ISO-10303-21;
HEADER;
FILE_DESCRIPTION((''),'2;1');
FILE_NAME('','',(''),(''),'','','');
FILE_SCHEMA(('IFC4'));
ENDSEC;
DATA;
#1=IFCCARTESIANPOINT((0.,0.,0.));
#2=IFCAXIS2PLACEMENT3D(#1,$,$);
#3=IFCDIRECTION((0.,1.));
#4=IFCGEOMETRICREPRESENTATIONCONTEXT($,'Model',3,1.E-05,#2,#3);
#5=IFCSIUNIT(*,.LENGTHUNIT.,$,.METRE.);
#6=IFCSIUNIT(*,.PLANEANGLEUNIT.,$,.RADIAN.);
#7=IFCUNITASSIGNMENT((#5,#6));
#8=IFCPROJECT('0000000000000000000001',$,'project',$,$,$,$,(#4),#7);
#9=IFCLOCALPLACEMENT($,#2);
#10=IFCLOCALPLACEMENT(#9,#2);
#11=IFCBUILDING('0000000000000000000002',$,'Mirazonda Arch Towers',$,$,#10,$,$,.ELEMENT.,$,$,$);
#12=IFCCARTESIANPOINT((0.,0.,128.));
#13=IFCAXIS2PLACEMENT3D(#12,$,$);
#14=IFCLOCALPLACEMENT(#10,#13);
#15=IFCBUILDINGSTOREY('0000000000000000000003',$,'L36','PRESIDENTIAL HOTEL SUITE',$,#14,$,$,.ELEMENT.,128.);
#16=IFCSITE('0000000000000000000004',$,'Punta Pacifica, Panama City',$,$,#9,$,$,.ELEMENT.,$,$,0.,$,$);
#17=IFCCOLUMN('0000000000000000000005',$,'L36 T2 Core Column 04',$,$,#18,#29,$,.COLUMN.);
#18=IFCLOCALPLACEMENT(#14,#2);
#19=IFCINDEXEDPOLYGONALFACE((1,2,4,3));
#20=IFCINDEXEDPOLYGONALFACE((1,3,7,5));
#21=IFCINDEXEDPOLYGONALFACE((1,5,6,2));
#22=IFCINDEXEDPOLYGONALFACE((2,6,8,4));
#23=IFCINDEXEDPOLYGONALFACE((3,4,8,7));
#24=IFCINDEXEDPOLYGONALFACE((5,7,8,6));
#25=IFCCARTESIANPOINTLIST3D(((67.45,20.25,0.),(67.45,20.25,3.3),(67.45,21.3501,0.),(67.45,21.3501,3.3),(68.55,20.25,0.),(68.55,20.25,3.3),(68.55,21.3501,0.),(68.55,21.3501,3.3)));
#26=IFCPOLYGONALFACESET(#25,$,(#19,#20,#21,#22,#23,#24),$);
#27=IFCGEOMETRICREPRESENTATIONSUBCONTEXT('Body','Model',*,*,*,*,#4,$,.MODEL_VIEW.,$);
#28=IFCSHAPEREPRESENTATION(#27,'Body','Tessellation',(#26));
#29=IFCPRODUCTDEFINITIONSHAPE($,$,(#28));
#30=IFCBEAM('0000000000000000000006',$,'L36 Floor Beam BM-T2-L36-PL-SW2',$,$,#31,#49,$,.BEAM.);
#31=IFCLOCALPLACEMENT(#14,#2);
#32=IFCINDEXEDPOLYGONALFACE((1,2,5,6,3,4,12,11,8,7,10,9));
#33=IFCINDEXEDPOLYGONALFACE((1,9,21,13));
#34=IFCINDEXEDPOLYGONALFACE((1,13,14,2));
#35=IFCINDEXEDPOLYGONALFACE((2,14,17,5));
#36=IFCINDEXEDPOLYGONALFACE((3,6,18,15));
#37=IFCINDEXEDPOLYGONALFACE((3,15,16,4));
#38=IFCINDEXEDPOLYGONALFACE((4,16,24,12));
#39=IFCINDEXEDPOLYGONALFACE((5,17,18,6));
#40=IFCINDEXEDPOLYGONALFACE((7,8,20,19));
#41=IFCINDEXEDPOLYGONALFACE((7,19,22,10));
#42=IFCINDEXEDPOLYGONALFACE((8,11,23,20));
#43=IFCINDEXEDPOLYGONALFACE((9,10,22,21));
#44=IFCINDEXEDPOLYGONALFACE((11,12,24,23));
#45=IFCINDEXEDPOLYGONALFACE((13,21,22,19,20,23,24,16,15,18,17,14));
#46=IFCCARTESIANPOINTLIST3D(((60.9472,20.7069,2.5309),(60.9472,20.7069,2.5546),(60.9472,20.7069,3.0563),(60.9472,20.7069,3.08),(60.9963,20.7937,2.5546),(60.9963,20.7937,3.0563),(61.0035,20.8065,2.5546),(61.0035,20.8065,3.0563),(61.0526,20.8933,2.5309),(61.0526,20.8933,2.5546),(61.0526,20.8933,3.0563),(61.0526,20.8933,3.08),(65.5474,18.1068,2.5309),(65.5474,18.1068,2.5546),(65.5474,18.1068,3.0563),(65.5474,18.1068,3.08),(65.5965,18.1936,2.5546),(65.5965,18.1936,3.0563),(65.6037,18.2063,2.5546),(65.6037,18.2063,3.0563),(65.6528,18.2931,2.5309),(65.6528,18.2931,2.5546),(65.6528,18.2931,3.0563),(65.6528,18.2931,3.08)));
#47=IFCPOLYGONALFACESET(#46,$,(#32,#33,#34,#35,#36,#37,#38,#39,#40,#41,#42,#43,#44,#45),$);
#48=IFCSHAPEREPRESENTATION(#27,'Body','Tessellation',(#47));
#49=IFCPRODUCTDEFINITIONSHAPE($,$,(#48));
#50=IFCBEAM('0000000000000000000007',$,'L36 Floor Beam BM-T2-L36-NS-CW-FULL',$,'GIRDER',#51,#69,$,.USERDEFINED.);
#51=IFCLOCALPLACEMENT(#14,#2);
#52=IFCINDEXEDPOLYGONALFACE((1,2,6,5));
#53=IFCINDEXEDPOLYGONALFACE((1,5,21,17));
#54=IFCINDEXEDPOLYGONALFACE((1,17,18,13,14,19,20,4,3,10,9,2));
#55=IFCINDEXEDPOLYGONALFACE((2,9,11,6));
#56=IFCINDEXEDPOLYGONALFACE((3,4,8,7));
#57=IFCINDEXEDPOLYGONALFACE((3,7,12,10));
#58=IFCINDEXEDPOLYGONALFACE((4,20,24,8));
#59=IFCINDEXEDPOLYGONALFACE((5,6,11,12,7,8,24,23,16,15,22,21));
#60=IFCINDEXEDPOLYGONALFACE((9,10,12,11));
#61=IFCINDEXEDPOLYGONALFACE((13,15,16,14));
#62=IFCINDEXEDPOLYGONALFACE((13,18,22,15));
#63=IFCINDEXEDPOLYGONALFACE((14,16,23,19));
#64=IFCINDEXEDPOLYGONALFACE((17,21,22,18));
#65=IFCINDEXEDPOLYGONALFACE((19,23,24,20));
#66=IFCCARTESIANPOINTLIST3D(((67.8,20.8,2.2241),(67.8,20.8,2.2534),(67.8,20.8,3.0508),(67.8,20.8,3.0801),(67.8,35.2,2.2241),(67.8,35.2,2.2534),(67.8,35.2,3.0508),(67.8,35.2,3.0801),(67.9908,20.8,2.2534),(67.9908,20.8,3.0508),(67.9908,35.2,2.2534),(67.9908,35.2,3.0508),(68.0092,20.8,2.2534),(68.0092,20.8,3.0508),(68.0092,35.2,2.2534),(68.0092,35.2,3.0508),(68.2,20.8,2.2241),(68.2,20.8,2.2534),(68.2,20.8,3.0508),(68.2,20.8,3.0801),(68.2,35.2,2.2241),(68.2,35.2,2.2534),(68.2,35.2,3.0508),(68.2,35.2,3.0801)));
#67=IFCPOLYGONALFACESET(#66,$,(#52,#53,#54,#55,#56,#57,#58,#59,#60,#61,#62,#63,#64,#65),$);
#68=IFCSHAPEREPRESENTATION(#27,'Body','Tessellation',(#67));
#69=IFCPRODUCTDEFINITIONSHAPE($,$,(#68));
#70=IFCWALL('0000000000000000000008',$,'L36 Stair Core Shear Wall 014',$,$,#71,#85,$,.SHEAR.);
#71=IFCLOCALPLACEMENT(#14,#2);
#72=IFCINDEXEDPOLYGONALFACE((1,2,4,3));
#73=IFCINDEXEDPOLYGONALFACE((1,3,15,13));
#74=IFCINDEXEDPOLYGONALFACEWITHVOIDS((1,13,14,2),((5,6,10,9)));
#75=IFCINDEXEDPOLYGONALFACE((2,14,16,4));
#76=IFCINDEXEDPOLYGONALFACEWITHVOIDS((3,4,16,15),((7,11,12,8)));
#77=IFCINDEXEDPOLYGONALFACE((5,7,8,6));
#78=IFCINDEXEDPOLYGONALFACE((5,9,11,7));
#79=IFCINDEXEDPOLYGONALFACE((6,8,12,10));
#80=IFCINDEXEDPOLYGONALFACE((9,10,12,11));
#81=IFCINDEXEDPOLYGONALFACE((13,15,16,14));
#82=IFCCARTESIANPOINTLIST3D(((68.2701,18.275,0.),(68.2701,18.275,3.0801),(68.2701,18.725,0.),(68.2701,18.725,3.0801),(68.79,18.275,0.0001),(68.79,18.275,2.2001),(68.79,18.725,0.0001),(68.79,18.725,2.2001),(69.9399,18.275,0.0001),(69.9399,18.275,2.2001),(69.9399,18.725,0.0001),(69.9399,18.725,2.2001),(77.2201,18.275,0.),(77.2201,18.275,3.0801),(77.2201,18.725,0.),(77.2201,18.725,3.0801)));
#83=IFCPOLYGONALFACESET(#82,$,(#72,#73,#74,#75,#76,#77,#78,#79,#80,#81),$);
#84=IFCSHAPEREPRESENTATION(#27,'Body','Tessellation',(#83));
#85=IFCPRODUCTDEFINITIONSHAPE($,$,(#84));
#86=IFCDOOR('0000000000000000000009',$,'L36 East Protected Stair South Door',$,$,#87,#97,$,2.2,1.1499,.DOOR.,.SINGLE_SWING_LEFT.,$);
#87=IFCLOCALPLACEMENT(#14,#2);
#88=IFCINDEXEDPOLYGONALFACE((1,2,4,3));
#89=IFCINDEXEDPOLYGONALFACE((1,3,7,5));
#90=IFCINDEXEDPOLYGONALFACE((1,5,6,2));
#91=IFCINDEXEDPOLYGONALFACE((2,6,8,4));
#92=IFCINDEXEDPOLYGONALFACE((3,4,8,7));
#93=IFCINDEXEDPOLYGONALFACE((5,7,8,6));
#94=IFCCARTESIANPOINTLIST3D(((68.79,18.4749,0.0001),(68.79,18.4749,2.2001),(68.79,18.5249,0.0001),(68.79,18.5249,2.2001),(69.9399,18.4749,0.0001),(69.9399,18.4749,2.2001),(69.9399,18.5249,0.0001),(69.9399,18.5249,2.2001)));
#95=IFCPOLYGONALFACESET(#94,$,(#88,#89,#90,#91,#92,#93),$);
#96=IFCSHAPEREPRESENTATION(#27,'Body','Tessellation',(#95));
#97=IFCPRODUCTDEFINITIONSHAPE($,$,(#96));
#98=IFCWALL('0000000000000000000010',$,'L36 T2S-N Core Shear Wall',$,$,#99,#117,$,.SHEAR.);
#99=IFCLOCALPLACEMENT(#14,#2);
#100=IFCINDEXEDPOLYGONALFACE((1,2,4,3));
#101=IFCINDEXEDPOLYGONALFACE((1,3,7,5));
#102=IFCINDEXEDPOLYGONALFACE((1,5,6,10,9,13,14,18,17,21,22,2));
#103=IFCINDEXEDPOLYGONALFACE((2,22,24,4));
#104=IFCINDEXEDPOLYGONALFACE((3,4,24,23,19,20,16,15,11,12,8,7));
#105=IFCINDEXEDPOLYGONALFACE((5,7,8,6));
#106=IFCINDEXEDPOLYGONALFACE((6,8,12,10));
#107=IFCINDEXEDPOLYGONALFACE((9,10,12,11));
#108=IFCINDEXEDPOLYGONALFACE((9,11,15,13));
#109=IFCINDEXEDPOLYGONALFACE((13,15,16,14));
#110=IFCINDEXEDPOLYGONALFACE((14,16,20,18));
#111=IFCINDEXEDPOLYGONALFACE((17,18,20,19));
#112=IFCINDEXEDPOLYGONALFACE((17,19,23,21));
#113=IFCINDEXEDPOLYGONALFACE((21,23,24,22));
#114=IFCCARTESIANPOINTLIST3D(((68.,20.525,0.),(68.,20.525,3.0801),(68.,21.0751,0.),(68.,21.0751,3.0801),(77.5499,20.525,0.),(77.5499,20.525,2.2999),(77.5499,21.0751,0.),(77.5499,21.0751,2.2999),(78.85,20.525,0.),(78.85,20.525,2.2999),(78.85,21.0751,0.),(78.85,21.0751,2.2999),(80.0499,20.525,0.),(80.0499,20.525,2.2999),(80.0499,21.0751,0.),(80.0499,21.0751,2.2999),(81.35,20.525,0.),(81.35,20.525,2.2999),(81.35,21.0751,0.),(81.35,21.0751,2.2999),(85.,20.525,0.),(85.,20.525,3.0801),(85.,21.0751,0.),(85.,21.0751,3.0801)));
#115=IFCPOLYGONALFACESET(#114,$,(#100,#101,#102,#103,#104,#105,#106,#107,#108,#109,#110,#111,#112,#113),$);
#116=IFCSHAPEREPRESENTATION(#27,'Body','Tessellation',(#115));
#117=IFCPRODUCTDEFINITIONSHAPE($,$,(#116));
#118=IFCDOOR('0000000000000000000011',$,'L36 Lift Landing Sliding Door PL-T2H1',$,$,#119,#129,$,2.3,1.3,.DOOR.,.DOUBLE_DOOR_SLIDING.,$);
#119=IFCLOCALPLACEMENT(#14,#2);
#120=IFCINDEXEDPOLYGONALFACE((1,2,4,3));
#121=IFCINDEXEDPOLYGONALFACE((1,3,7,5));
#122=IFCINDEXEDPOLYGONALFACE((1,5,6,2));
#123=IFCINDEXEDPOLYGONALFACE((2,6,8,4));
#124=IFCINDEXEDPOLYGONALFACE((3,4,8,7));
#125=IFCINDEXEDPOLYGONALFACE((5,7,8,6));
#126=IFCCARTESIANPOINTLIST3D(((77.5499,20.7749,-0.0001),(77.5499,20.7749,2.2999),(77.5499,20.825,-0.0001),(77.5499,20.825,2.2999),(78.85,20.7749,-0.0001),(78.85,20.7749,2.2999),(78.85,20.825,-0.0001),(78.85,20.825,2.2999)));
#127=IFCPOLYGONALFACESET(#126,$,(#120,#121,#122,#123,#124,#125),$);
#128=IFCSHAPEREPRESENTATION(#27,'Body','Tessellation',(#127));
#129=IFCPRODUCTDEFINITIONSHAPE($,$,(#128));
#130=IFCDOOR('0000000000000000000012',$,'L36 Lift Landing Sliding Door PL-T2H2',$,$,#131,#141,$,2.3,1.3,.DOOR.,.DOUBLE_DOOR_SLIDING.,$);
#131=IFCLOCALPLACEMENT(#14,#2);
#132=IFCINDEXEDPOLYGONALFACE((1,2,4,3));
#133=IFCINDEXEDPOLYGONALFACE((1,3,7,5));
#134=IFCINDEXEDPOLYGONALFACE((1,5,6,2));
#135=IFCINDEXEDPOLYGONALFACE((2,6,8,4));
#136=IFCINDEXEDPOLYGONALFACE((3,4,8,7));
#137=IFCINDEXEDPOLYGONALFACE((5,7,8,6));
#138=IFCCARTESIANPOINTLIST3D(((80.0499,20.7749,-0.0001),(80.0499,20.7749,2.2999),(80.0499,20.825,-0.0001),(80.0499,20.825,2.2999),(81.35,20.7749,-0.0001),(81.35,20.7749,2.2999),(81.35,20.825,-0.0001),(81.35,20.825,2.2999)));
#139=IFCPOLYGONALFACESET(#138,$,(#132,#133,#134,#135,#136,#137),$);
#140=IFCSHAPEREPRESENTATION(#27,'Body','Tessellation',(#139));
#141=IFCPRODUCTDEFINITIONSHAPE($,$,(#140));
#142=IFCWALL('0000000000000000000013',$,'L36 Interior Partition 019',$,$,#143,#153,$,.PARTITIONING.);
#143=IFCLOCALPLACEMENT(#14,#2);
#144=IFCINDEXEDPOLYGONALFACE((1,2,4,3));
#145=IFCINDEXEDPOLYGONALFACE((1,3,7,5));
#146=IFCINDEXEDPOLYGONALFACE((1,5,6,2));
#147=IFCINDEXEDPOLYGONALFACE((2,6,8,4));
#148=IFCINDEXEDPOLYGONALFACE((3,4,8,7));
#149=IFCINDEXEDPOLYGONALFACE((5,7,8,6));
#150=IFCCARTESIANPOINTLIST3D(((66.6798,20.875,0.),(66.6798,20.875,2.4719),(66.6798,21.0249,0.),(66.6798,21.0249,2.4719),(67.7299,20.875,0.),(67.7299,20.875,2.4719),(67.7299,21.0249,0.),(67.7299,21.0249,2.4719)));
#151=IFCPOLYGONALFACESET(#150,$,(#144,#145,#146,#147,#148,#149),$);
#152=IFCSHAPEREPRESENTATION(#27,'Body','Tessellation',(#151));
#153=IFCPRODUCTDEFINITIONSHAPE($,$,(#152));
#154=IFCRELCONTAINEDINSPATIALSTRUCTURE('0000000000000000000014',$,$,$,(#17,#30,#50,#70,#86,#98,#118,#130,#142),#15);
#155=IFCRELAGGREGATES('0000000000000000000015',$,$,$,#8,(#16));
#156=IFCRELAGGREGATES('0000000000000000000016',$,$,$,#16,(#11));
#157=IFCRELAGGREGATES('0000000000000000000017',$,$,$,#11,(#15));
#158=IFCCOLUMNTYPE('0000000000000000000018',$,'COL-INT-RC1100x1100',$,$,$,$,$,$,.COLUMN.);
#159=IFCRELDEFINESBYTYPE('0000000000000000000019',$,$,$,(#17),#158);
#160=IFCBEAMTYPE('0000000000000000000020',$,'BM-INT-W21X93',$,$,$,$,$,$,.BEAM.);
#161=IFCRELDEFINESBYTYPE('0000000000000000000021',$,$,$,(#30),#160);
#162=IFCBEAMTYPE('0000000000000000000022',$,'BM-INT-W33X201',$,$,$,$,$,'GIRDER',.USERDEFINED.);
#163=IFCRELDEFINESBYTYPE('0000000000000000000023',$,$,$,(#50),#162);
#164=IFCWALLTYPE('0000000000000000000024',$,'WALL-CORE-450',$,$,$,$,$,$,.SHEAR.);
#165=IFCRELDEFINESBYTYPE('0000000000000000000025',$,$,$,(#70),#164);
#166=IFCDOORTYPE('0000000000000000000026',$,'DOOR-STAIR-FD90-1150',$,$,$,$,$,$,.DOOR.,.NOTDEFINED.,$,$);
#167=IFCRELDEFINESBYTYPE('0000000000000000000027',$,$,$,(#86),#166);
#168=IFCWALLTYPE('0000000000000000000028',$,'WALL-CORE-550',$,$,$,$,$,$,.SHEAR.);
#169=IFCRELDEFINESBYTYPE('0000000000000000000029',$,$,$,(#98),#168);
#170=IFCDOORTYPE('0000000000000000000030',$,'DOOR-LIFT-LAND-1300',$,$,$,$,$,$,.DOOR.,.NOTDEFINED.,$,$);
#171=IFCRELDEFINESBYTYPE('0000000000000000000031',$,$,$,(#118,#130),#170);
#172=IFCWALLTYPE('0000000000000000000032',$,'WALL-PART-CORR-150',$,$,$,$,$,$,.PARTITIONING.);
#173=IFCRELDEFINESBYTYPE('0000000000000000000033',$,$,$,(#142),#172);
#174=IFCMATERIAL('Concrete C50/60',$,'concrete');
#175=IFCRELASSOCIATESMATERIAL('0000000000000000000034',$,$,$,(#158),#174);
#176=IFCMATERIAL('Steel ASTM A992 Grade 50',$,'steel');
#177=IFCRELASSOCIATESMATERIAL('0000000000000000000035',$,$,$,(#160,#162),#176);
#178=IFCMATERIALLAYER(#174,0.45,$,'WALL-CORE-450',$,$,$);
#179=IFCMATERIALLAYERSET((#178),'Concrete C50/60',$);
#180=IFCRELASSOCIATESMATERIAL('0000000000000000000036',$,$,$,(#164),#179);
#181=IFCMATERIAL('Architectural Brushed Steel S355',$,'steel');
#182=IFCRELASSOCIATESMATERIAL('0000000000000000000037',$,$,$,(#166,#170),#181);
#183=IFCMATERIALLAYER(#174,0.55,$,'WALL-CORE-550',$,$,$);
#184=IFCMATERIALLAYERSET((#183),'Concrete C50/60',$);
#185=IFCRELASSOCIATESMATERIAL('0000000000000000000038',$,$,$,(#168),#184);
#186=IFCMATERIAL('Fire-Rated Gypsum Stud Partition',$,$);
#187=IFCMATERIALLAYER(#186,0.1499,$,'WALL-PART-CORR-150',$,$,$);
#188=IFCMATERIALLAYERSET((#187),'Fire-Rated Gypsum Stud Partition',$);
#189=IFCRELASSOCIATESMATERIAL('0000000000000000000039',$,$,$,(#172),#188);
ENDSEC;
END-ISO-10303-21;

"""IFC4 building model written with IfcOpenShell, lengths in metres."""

from ifc_helpers import new_model, si_unit, direction, frame, frame_2d, origin, origin_2d, place, context, subcontext, project, spatial, rectangle, i_section, extrude, material, layer, layer_set, material_profile, profile_set, type_object, element, fill, save


model = new_model("IFC4")

# Units and contexts
model_context = context("Model", 3, precision=1e-05, world=origin(), true_north=direction((0.0, 1.0)))
body_context = subcontext(model_context, "Body", "Model", "MODEL_VIEW")
ifc_project = project(units=[si_unit("LENGTHUNIT", "METRE"), si_unit("PLANEANGLEUNIT", "RADIAN")], contexts=[model_context])

# Site, building, storey
site_placement = place(None, origin())
site = spatial("IfcSite", under=ifc_project, at=site_placement, Name="Punta Pacifica, Panama City", CompositionType="ELEMENT", RefElevation=0.0)
building_placement = place(site_placement, origin())
building = spatial("IfcBuilding", under=site, at=building_placement, Name="Mirazonda Arch Towers", CompositionType="ELEMENT")
storey_placement = place(building_placement, frame((0.0, 0.0, 128.0)))
storey = spatial("IfcBuildingStorey", under=building, at=storey_placement, Name="L36", Description="PRESIDENTIAL HOTEL SUITE", CompositionType="ELEMENT", Elevation=128.0)

# Column
ifc_material_1 = material(Name="Concrete C50/60", Category="concrete")
ifc_material_profile_1 = material_profile(ifc_material_1, rectangle(XDim=1.1001, YDim=1.1001, at=origin_2d()), Name="RC1100x1100")
ifc_profile_set_1 = profile_set([ifc_material_profile_1], Name="Concrete C50/60")
column_type = type_object("IfcColumnType", Name="COL-INT-RC1100x1100", PredefinedType="COLUMN", material=ifc_profile_set_1)
column_placement = place(storey_placement, frame((68.0, 20.8, 0.0), z_axis=(0.0, 0.0, 1.0), x_axis=(1.0, 0.0, 0.0)))
element("IfcColumn", 1, at=column_placement, inside=storey, type_object=column_type, Name="L36 T2 Core Column 04", PredefinedType="COLUMN", context=body_context, shape_type="SweptSolid", body=[
    extrude(rectangle(XDim=1.1001, YDim=1.1001, at=origin_2d()), origin(), (0.0, 0.0, 1.0), 3.3),
])

# Beams
ifc_material_2 = material(Name="Steel ASTM A992 Grade 50", Category="steel")
ifc_material_profile_2 = material_profile(ifc_material_2, i_section(OverallWidth=0.2141, OverallDepth=0.5491, WebThickness=0.0146, FlangeThickness=0.0237, at=origin_2d()), Name="W21X93")
ifc_profile_set_2 = profile_set([ifc_material_profile_2], Name="Steel ASTM A992 Grade 50")
beam_type_1 = type_object("IfcBeamType", Name="BM-INT-W21X93", PredefinedType="BEAM", material=ifc_profile_set_2)
beam_1_placement = place(storey_placement, frame((65.6001, 18.2, 2.8054), z_axis=(-0.870559, 0.492063, 0.0), x_axis=(-0.492063, -0.870559, 0.0)))
element("IfcBeam", 2, at=beam_1_placement, inside=storey, type_object=beam_type_1, Name="L36 Floor Beam BM-T2-L36-PL-SW2", PredefinedType="BEAM", context=body_context, shape_type="SweptSolid", body=[
    extrude(i_section(OverallWidth=0.2141, OverallDepth=0.5491, WebThickness=0.0146, FlangeThickness=0.0237, at=origin_2d()), origin(), (0.0, 0.0, 1.0), 5.2842),
])
ifc_material_profile_3 = material_profile(ifc_material_2, i_section(OverallWidth=0.3999, OverallDepth=0.856, WebThickness=0.0183, FlangeThickness=0.0293, at=origin_2d()), Name="W33X201")
ifc_profile_set_3 = profile_set([ifc_material_profile_3], Name="Steel ASTM A992 Grade 50")
beam_type_2 = type_object("IfcBeamType", Name="BM-INT-W33X201", ElementType="GIRDER", PredefinedType="USERDEFINED", material=ifc_profile_set_3)
beam_2_placement = place(storey_placement, frame((68.0, 20.8, 2.6521), z_axis=(0.0, 1.0, 0.0), x_axis=(-1.0, 0.0, 0.0)))
element("IfcBeam", 3, at=beam_2_placement, inside=storey, type_object=beam_type_2, Name="L36 Floor Beam BM-T2-L36-NS-CW-FULL", ObjectType="GIRDER", PredefinedType="USERDEFINED", context=body_context, shape_type="SweptSolid", body=[
    extrude(i_section(OverallWidth=0.3999, OverallDepth=0.856, WebThickness=0.0183, FlangeThickness=0.0293, at=origin_2d()), origin(), (0.0, 0.0, 1.0), 14.3999),
])

# Wall, opening, door
ifc_layer_1 = layer(ifc_material_1, 0.45, Name="WALL-CORE-450")
ifc_layer_set_1 = layer_set([ifc_layer_1], Name="Concrete C50/60")
wall_type_1 = type_object("IfcWallType", Name="WALL-CORE-450", PredefinedType="SHEAR", material=ifc_layer_set_1)
wall_1_placement = place(storey_placement, frame((68.27, 18.5, 0.0), z_axis=(0.0, 0.0, 1.0), x_axis=(1.0, 0.0, 0.0)))
wall_1 = element("IfcWall", 4, at=wall_1_placement, inside=storey, type_object=wall_type_1, Name="L36 Stair Core Shear Wall 014", PredefinedType="SHEAR", context=body_context, shape_type="SweptSolid", body=[
    extrude(rectangle(XDim=8.95, YDim=0.45, at=frame_2d((4.4751, 0.0))), origin(), (0.0, 0.0, 1.0), 3.0801),
])
opening_1_placement = place(wall_1_placement, frame((0.52, 0.0, 0.0)))
opening_1 = element("IfcOpeningElement", 5, at=opening_1_placement, cuts=wall_1, PredefinedType="OPENING", context=body_context, shape_type="SweptSolid", body=[
    extrude(rectangle(XDim=1.1499, YDim=2.2, at=frame_2d((0.575, 1.1001))), frame((0.0, 0.2349, 0.0), z_axis=(0.0, -1.0, 0.0), x_axis=(1.0, 0.0, 0.0)), (0.0, 0.0, 1.0), 0.47),
])
ifc_material_3 = material(Name="Architectural Brushed Steel S355", Category="steel")
door_type_1 = type_object("IfcDoorType", Name="DOOR-STAIR-FD90-1150", OperationType="NOTDEFINED", PredefinedType="DOOR", material=ifc_material_3)
door_1_placement = place(opening_1_placement, origin())
door_1 = element("IfcDoor", 6, at=door_1_placement, inside=storey, type_object=door_type_1, Name="L36 East Protected Stair South Door", OperationType="SINGLE_SWING_LEFT", OverallHeight=2.2, OverallWidth=1.1499, PredefinedType="DOOR", context=body_context, shape_type="SweptSolid", body=[
    extrude(rectangle(XDim=1.1499, YDim=2.2, at=frame_2d((0.575, 1.1001))), frame((0.0, 0.0249, 0.0), z_axis=(0.0, -1.0, 0.0), x_axis=(1.0, 0.0, 0.0)), (0.0, 0.0, 1.0), 0.05),
])
fill(opening_1, door_1)

# Wall, openings, doors
ifc_layer_2 = layer(ifc_material_1, 0.55, Name="WALL-CORE-550")
ifc_layer_set_2 = layer_set([ifc_layer_2], Name="Concrete C50/60")
wall_type_2 = type_object("IfcWallType", Name="WALL-CORE-550", PredefinedType="SHEAR", material=ifc_layer_set_2)
wall_2_placement = place(storey_placement, frame((68.0, 20.8, 0.0), z_axis=(0.0, 0.0, 1.0), x_axis=(1.0, 0.0, 0.0)))
wall_2 = element("IfcWall", 7, at=wall_2_placement, inside=storey, type_object=wall_type_2, Name="L36 T2S-N Core Shear Wall", PredefinedType="SHEAR", context=body_context, shape_type="SweptSolid", body=[
    extrude(rectangle(XDim=17.0, YDim=0.55, at=frame_2d((8.5, 0.0))), origin(), (0.0, 0.0, 1.0), 3.0801),
])
opening_2_placement = place(wall_2_placement, frame((9.55, 0.0, 0.0)))
opening_2 = element("IfcOpeningElement", 8, at=opening_2_placement, cuts=wall_2, PredefinedType="OPENING", context=body_context, shape_type="SweptSolid", body=[
    extrude(rectangle(XDim=1.3, YDim=2.3, at=frame_2d((0.6499, 1.1499))), frame((0.0, 0.2849, 0.0), z_axis=(0.0, -1.0, 0.0), x_axis=(1.0, 0.0, 0.0)), (0.0, 0.0, 1.0), 0.5701),
])
opening_3_placement = place(wall_2_placement, frame((12.05, 0.0, 0.0)))
opening_3 = element("IfcOpeningElement", 9, at=opening_3_placement, cuts=wall_2, PredefinedType="OPENING", context=body_context, shape_type="SweptSolid", body=[
    extrude(rectangle(XDim=1.3, YDim=2.3, at=frame_2d((0.6499, 1.1499))), frame((0.0, 0.2849, 0.0), z_axis=(0.0, -1.0, 0.0), x_axis=(1.0, 0.0, 0.0)), (0.0, 0.0, 1.0), 0.5701),
])
door_type_2 = type_object("IfcDoorType", Name="DOOR-LIFT-LAND-1300", OperationType="NOTDEFINED", PredefinedType="DOOR", material=ifc_material_3)
door_2_placement = place(opening_2_placement, origin())
door_2 = element("IfcDoor", 10, at=door_2_placement, inside=storey, type_object=door_type_2, Name="L36 Lift Landing Sliding Door PL-T2H1", OperationType="DOUBLE_DOOR_SLIDING", OverallHeight=2.3, OverallWidth=1.3, PredefinedType="DOOR", context=body_context, shape_type="SweptSolid", body=[
    extrude(rectangle(XDim=1.3, YDim=2.3, at=frame_2d((0.6499, 1.1499))), frame((0.0, 0.0249, 0.0), z_axis=(0.0, -1.0, 0.0), x_axis=(1.0, 0.0, 0.0)), (0.0, 0.0, 1.0), 0.05),
])
fill(opening_2, door_2)
door_3_placement = place(opening_3_placement, origin())
door_3 = element("IfcDoor", 11, at=door_3_placement, inside=storey, type_object=door_type_2, Name="L36 Lift Landing Sliding Door PL-T2H2", OperationType="DOUBLE_DOOR_SLIDING", OverallHeight=2.3, OverallWidth=1.3, PredefinedType="DOOR", context=body_context, shape_type="SweptSolid", body=[
    extrude(rectangle(XDim=1.3, YDim=2.3, at=frame_2d((0.6499, 1.1499))), frame((0.0, 0.0249, 0.0), z_axis=(0.0, -1.0, 0.0), x_axis=(1.0, 0.0, 0.0)), (0.0, 0.0, 1.0), 0.05),
])
fill(opening_3, door_3)

# Wall
ifc_material_4 = material(Name="Fire-Rated Gypsum Stud Partition")
ifc_layer_3 = layer(ifc_material_4, 0.1499, Name="WALL-PART-CORR-150")
ifc_layer_set_3 = layer_set([ifc_layer_3], Name="Fire-Rated Gypsum Stud Partition")
wall_type_3 = type_object("IfcWallType", Name="WALL-PART-CORR-150", PredefinedType="PARTITIONING", material=ifc_layer_set_3)
wall_3_placement = place(storey_placement, frame((66.6799, 20.95, 0.0), z_axis=(0.0, 0.0, 1.0), x_axis=(1.0, 0.0, 0.0)))
element("IfcWall", 12, at=wall_3_placement, inside=storey, type_object=wall_type_3, Name="L36 Interior Partition 019", PredefinedType="PARTITIONING", context=body_context, shape_type="SweptSolid", body=[
    extrude(rectangle(XDim=1.05, YDim=0.1499, at=frame_2d((0.5249, 0.0))), origin(), (0.0, 0.0, 1.0), 2.4719),
])

save(model, "model.ifc")
